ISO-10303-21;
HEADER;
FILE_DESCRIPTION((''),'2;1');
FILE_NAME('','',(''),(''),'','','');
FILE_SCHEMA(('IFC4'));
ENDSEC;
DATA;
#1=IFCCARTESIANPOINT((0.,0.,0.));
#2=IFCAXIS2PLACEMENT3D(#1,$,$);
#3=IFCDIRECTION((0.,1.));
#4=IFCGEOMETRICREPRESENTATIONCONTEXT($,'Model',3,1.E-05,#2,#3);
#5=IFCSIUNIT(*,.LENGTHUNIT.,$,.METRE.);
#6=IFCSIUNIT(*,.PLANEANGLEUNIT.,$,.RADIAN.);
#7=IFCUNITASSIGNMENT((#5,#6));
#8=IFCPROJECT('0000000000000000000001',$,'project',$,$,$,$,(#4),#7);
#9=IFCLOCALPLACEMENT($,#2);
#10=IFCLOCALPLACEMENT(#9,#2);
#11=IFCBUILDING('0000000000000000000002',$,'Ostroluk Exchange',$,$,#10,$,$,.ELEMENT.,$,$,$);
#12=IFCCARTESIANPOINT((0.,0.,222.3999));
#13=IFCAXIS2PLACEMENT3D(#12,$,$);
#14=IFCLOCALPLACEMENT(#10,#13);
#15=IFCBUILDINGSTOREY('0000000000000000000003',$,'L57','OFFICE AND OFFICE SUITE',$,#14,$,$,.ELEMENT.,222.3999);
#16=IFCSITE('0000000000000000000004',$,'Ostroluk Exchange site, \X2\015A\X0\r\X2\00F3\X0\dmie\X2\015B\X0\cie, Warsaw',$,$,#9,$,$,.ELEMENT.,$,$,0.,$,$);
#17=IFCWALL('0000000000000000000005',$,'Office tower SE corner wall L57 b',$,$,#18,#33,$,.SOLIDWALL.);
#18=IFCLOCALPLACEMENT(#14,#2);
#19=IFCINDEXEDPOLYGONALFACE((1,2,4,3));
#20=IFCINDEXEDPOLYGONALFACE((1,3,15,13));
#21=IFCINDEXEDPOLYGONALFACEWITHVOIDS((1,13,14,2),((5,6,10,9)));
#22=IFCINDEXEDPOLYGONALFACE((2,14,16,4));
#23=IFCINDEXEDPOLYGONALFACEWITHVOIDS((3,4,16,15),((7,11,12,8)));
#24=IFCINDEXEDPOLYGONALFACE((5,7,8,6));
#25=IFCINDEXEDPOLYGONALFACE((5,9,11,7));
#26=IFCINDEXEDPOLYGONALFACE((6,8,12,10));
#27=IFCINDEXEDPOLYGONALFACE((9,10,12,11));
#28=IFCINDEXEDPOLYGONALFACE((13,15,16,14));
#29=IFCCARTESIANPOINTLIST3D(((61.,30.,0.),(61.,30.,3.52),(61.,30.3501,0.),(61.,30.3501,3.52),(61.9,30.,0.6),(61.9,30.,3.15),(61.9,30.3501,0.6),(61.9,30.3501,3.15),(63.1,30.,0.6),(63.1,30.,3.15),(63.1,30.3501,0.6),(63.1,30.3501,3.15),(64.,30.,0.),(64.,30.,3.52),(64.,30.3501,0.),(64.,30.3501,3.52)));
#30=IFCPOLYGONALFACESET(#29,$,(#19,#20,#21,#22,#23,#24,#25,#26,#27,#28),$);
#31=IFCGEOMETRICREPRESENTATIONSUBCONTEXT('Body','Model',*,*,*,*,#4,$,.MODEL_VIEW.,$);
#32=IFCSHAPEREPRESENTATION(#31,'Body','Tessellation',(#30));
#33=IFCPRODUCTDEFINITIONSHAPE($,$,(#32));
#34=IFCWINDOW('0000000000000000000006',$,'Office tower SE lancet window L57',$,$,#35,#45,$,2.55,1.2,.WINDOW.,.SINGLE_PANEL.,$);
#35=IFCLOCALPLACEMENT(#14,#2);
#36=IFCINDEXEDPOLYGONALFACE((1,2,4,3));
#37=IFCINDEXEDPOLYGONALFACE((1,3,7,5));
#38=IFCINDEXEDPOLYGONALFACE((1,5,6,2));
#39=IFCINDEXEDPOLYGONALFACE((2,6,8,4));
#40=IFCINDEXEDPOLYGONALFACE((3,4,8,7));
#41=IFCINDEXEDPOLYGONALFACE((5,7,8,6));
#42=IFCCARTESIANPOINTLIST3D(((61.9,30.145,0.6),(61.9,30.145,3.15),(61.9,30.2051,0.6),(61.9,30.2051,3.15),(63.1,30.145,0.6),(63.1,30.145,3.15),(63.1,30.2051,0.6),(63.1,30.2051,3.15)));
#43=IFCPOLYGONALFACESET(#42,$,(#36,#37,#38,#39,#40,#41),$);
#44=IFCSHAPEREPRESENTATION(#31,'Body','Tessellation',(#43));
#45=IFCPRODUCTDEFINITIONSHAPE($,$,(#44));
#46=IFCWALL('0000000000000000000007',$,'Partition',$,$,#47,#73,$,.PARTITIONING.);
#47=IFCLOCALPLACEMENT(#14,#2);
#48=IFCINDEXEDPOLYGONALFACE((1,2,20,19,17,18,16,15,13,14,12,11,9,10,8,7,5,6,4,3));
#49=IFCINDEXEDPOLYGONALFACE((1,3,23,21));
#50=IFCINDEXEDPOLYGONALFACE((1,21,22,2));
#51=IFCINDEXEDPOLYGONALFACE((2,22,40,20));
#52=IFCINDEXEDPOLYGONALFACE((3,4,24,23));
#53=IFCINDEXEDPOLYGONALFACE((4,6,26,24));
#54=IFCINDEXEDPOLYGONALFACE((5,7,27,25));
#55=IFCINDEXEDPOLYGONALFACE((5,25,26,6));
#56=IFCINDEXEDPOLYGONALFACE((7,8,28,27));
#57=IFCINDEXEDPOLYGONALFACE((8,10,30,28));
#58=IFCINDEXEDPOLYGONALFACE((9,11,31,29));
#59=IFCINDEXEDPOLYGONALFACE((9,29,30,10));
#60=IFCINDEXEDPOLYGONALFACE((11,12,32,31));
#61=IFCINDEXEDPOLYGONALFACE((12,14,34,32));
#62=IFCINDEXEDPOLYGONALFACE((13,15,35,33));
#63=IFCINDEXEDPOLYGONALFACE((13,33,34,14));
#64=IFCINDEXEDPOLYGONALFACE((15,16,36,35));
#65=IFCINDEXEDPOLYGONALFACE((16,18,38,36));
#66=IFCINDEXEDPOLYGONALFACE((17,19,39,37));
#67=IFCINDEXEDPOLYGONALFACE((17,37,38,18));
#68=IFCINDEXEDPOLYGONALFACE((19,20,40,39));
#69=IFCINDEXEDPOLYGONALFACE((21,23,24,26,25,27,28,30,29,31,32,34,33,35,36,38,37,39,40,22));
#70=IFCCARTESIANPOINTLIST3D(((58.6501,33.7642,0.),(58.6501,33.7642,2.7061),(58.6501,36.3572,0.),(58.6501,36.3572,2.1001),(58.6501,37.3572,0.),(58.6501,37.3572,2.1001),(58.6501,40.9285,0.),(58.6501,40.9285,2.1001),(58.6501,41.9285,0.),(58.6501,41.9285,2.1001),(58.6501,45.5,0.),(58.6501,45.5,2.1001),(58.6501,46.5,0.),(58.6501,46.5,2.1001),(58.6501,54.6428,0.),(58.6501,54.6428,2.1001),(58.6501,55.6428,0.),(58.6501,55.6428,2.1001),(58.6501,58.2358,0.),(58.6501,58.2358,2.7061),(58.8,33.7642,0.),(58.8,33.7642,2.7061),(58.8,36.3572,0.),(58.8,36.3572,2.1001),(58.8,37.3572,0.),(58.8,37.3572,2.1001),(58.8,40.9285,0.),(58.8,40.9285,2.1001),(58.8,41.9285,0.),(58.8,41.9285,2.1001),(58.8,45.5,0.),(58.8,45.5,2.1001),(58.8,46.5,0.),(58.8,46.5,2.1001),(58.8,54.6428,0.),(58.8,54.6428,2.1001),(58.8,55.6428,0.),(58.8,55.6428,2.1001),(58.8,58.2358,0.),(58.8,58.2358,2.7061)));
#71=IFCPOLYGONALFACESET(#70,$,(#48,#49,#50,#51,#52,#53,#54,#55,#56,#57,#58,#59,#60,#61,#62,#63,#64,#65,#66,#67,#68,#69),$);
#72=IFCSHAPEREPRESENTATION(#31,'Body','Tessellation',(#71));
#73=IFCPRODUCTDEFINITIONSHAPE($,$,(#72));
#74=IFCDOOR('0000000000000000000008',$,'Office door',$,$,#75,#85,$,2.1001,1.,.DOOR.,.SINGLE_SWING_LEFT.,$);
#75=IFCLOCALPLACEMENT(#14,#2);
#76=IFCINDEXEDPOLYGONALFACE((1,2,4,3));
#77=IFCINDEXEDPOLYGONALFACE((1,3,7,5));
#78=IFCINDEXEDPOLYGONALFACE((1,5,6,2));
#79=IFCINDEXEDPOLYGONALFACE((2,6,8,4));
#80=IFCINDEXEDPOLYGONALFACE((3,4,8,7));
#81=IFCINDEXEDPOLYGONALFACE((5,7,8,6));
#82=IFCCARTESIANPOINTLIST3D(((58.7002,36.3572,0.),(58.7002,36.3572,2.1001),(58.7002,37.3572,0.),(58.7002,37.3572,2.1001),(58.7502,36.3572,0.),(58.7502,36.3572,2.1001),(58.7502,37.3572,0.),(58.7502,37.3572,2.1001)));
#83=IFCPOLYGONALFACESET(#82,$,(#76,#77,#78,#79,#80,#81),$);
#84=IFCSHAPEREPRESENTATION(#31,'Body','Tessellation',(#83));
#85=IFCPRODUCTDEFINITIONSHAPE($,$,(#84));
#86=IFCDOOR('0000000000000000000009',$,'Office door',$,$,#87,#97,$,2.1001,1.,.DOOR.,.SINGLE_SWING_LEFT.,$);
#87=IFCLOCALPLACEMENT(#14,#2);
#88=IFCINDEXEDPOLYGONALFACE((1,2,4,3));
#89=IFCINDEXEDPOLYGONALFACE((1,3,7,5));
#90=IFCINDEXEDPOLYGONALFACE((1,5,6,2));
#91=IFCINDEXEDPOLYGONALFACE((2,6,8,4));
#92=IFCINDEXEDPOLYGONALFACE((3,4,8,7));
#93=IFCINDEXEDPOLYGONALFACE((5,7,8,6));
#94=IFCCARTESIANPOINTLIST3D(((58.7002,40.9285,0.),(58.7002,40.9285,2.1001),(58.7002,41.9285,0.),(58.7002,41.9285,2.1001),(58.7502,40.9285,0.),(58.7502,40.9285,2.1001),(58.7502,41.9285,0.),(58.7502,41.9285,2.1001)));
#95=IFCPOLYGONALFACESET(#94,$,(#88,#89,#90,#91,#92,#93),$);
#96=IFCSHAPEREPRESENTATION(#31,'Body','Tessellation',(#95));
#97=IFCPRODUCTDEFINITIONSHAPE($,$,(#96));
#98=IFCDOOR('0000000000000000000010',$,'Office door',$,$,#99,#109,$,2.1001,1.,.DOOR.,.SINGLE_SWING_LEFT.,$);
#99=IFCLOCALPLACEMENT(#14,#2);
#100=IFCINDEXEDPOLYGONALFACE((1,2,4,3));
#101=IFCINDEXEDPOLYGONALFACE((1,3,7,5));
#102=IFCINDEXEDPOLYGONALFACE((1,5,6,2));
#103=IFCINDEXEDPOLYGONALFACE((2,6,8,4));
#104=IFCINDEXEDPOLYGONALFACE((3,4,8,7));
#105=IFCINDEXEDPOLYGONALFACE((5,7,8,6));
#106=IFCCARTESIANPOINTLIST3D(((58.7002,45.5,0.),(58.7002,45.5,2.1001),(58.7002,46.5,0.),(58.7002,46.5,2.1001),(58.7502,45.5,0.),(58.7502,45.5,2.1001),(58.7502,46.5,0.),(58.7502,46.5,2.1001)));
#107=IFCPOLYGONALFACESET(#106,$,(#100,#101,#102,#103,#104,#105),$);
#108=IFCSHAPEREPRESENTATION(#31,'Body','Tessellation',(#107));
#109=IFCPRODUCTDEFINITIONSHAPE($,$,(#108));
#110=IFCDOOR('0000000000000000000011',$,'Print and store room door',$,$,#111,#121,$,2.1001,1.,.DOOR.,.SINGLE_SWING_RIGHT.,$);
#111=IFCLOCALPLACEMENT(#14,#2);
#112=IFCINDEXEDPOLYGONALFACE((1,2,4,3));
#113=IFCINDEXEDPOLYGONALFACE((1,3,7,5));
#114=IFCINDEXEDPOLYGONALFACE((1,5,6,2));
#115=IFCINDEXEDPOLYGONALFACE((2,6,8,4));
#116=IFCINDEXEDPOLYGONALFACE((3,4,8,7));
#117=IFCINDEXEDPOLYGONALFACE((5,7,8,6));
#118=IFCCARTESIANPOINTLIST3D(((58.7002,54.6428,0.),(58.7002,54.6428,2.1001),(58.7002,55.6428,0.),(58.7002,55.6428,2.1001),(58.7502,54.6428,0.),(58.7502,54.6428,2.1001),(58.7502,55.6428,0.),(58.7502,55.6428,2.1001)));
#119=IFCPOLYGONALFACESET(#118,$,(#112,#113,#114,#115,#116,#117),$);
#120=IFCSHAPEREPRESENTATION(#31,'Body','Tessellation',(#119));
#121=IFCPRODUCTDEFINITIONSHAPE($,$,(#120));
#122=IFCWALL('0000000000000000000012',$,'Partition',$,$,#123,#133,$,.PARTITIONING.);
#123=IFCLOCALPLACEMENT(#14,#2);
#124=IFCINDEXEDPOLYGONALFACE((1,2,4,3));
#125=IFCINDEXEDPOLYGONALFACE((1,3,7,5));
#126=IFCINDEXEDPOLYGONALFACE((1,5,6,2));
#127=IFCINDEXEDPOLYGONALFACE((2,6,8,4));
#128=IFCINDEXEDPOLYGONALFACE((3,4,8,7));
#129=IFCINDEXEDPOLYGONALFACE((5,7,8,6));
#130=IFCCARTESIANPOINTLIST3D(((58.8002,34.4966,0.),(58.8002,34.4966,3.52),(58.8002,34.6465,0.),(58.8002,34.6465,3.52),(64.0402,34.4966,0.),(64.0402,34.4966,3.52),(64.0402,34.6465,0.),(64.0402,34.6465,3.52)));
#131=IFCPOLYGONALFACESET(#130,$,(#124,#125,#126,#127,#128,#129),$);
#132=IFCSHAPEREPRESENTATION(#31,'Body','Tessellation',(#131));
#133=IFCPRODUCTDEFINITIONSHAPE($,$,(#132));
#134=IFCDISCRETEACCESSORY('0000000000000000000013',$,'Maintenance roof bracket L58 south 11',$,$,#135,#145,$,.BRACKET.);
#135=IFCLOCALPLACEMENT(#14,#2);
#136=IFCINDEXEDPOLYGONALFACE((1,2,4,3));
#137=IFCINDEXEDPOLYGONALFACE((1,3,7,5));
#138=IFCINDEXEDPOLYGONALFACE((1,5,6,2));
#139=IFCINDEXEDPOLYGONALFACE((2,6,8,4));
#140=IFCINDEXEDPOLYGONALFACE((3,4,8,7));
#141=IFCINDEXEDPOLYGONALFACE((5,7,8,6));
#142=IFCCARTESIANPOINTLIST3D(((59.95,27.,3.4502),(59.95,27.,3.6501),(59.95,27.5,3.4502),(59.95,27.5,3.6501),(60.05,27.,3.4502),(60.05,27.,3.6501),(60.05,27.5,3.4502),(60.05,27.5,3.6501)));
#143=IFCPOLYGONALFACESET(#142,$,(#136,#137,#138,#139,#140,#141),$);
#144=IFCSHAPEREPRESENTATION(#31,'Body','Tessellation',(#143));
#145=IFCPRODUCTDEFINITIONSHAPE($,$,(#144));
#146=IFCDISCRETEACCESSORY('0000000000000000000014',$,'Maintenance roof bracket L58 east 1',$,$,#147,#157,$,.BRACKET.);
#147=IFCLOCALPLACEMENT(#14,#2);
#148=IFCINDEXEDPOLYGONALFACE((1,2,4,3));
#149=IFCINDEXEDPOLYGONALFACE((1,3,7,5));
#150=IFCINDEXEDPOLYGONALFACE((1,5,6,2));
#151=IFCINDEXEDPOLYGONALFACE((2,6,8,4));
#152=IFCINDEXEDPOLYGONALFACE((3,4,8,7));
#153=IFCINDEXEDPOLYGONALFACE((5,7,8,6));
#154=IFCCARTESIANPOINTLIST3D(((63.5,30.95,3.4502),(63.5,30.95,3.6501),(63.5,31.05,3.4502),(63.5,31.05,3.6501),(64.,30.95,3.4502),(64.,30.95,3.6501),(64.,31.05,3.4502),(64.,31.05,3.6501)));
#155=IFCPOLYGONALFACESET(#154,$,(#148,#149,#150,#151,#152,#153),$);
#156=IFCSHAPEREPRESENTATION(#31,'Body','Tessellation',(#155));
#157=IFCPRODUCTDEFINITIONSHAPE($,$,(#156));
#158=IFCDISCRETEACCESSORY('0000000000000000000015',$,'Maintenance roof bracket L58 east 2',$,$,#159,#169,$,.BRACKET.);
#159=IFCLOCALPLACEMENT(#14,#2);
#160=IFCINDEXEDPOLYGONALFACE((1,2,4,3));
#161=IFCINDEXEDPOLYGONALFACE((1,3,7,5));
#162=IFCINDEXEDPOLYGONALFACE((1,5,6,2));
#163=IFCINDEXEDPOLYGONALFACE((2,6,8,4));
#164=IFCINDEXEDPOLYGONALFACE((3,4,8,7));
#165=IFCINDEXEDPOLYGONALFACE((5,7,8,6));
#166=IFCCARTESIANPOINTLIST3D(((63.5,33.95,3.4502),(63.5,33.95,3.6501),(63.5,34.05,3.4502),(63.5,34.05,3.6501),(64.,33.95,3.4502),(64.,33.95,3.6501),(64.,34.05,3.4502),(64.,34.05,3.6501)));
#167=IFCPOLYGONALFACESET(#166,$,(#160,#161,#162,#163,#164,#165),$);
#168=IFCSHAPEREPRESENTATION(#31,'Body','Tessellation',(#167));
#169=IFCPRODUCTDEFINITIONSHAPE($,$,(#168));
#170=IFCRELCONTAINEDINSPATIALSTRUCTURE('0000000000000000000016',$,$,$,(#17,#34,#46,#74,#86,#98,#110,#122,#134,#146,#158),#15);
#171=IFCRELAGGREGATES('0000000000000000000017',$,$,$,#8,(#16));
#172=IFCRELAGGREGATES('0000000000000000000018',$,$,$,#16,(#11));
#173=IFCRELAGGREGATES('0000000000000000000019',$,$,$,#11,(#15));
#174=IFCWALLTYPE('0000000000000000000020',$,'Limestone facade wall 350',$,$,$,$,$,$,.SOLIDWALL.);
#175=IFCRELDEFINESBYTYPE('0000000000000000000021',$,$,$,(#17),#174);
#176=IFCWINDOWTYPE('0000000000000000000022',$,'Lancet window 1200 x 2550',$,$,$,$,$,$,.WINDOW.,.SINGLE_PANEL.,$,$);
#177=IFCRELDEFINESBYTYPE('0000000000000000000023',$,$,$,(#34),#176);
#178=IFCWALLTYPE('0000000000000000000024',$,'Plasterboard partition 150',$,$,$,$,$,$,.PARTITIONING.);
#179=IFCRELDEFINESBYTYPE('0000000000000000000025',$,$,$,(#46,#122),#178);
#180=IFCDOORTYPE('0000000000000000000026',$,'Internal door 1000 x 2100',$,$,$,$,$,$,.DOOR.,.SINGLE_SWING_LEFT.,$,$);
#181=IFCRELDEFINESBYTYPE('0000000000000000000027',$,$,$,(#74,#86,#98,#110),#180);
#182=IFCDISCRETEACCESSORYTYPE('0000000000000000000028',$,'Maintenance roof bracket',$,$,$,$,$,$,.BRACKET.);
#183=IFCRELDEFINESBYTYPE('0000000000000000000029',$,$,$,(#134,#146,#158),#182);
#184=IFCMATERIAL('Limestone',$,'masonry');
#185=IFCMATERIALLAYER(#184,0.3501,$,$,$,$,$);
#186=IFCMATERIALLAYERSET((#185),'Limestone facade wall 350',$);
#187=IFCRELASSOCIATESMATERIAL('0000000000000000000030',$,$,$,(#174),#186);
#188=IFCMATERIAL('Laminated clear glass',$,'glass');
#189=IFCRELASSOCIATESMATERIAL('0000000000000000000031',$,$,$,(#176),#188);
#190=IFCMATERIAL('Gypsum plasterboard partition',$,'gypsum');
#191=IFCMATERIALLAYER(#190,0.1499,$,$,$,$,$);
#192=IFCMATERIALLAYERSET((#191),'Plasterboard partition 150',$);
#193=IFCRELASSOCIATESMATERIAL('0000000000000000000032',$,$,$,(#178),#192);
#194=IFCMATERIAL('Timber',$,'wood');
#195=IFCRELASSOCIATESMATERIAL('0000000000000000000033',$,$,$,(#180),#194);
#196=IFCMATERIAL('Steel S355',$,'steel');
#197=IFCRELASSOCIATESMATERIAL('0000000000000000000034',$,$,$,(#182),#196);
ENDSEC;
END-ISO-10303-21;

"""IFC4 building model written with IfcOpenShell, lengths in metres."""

from ifc_helpers import new_model, si_unit, direction, frame, frame_2d, origin, origin_2d, place, context, subcontext, project, spatial, rectangle, extrude, material, layer, layer_set, type_object, element, fill, save


model = new_model("IFC4")

# Units and contexts
model_context = context("Model", 3, precision=1e-05, world=origin(), true_north=direction((0.0, 1.0)))
body_context = subcontext(model_context, "Body", "Model", "MODEL_VIEW")
ifc_project = project(units=[si_unit("LENGTHUNIT", "METRE"), si_unit("PLANEANGLEUNIT", "RADIAN")], contexts=[model_context])

# Site, building, storey
site_placement = place(None, origin())
site = spatial("IfcSite", under=ifc_project, at=site_placement, Name="Ostroluk Exchange site, Śródmieście, Warsaw", CompositionType="ELEMENT", RefElevation=0.0)
building_placement = place(site_placement, origin())
building = spatial("IfcBuilding", under=site, at=building_placement, Name="Ostroluk Exchange", CompositionType="ELEMENT")
storey_placement = place(building_placement, frame((0.0, 0.0, 222.3999)))
storey = spatial("IfcBuildingStorey", under=building, at=storey_placement, Name="L57", Description="OFFICE AND OFFICE SUITE", CompositionType="ELEMENT", Elevation=222.3999)

# Shared definitions
ifc_material_1 = material(Name="Limestone", Category="masonry")
ifc_layer_1 = layer(ifc_material_1, 0.3501)
ifc_layer_set_1 = layer_set([ifc_layer_1], Name="Limestone facade wall 350")
wall_type_1 = type_object("IfcWallType", Name="Limestone facade wall 350", PredefinedType="SOLIDWALL", material=ifc_layer_set_1)

# Wall, opening, window
wall_1_placement = place(storey_placement, frame((61.0, 30.175, 0.0), z_axis=(0.0, 0.0, 1.0), x_axis=(1.0, 0.0, 0.0)))
wall_1 = element("IfcWall", 1, at=wall_1_placement, inside=storey, type_object=wall_type_1, Name="Office tower SE corner wall L57 b", PredefinedType="SOLIDWALL", context=body_context, shape_type="SweptSolid", body=[
    extrude(rectangle(XDim=3.0, YDim=0.3501, at=frame_2d((1.5, 0.0))), origin(), (0.0, 0.0, 1.0), 3.52),
])
opening_1_placement = place(wall_1_placement, frame((0.8999, 0.0, 0.6001)))
opening_1 = element("IfcOpeningElement", 2, at=opening_1_placement, cuts=wall_1, PredefinedType="OPENING", context=body_context, shape_type="SweptSolid", body=[
    extrude(rectangle(XDim=1.2, YDim=2.55, at=frame_2d((0.6001, 1.2749))), frame((0.0, 0.1851, 0.0), z_axis=(0.0, -1.0, 0.0), x_axis=(1.0, 0.0, 0.0)), (0.0, 0.0, 1.0), 0.3701),
])
ifc_material_2 = material(Name="Laminated clear glass", Category="glass")
window_type = type_object("IfcWindowType", Name="Lancet window 1200 x 2550", PartitioningType="SINGLE_PANEL", PredefinedType="WINDOW", material=ifc_material_2)
window_placement = place(opening_1_placement, origin())
window = element("IfcWindow", 3, at=window_placement, inside=storey, type_object=window_type, Name="Office tower SE lancet window L57", OverallHeight=2.55, OverallWidth=1.2, PartitioningType="SINGLE_PANEL", PredefinedType="WINDOW", context=body_context, shape_type="SweptSolid", body=[
    extrude(rectangle(XDim=1.2, YDim=2.55, at=frame_2d((0.6001, 1.2749))), frame((0.0, 0.03, 0.0), z_axis=(0.0, -1.0, 0.0), x_axis=(1.0, 0.0, 0.0)), (0.0, 0.0, 1.0), 0.0601),
])
fill(opening_1, window)

# Wall, openings, doors
ifc_material_3 = material(Name="Gypsum plasterboard partition", Category="gypsum")
ifc_layer_2 = layer(ifc_material_3, 0.1499)
ifc_layer_set_2 = layer_set([ifc_layer_2], Name="Plasterboard partition 150")
wall_type_2 = type_object("IfcWallType", Name="Plasterboard partition 150", PredefinedType="PARTITIONING", material=ifc_layer_set_2)
wall_2_placement = place(storey_placement, frame((58.7251, 33.7642, 0.0), z_axis=(0.0, 0.0, 1.0), x_axis=(0.0, 1.0, 0.0)))
wall_2 = element("IfcWall", 4, at=wall_2_placement, inside=storey, type_object=wall_type_2, Name="Partition", PredefinedType="PARTITIONING", context=body_context, shape_type="SweptSolid", body=[
    extrude(rectangle(XDim=24.4717, YDim=0.1499, at=frame_2d((12.2358, 0.0))), origin(), (0.0, 0.0, 1.0), 2.7061),
])
opening_2_placement = place(wall_2_placement, frame((2.593, 0.0, 0.0)))
opening_2 = element("IfcOpeningElement", 5, at=opening_2_placement, cuts=wall_2, PredefinedType="OPENING", context=body_context, shape_type="SweptSolid", body=[
    extrude(rectangle(XDim=1.0, YDim=2.1001, at=frame_2d((0.5, 1.05))), frame((0.0, 0.085, 0.0), z_axis=(0.0, -1.0, 0.0), x_axis=(1.0, 0.0, 0.0)), (0.0, 0.0, 1.0), 0.1699),
])
opening_3_placement = place(wall_2_placement, frame((7.1643, 0.0, 0.0)))
opening_3 = element("IfcOpeningElement", 6, at=opening_3_placement, cuts=wall_2, PredefinedType="OPENING", context=body_context, shape_type="SweptSolid", body=[
    extrude(rectangle(XDim=1.0, YDim=2.1001, at=frame_2d((0.5, 1.05))), frame((0.0, 0.085, 0.0), z_axis=(0.0, -1.0, 0.0), x_axis=(1.0, 0.0, 0.0)), (0.0, 0.0, 1.0), 0.1699),
])
opening_4_placement = place(wall_2_placement, frame((11.7358, 0.0, 0.0)))
opening_4 = element("IfcOpeningElement", 7, at=opening_4_placement, cuts=wall_2, PredefinedType="OPENING", context=body_context, shape_type="SweptSolid", body=[
    extrude(rectangle(XDim=1.0, YDim=2.1001, at=frame_2d((0.5, 1.05))), frame((0.0, 0.085, 0.0), z_axis=(0.0, -1.0, 0.0), x_axis=(1.0, 0.0, 0.0)), (0.0, 0.0, 1.0), 0.1699),
])
opening_5_placement = place(wall_2_placement, frame((20.8787, 0.0, 0.0)))
opening_5 = element("IfcOpeningElement", 8, at=opening_5_placement, cuts=wall_2, PredefinedType="OPENING", context=body_context, shape_type="SweptSolid", body=[
    extrude(rectangle(XDim=1.0, YDim=2.1001, at=frame_2d((0.5, 1.05))), frame((0.0, 0.085, 0.0), z_axis=(0.0, -1.0, 0.0), x_axis=(1.0, 0.0, 0.0)), (0.0, 0.0, 1.0), 0.1699),
])
ifc_material_4 = material(Name="Timber", Category="wood")
door_type_1 = type_object("IfcDoorType", Name="Internal door 1000 x 2100", OperationType="SINGLE_SWING_LEFT", PredefinedType="DOOR", material=ifc_material_4)
door_1_placement = place(opening_2_placement, origin())
door_1 = element("IfcDoor", 9, at=door_1_placement, inside=storey, type_object=door_type_1, Name="Office door", OperationType="SINGLE_SWING_LEFT", OverallHeight=2.1001, OverallWidth=1.0, PredefinedType="DOOR", context=body_context, shape_type="SweptSolid", body=[
    extrude(rectangle(XDim=1.0, YDim=2.1001, at=frame_2d((0.5, 1.05))), frame((0.0, 0.0249, 0.0), z_axis=(0.0, -1.0, 0.0), x_axis=(1.0, 0.0, 0.0)), (0.0, 0.0, 1.0), 0.05),
])
fill(opening_2, door_1)
door_2_placement = place(opening_3_placement, origin())
door_2 = element("IfcDoor", 10, at=door_2_placement, inside=storey, type_object=door_type_1, Name="Office door", OperationType="SINGLE_SWING_LEFT", OverallHeight=2.1001, OverallWidth=1.0, PredefinedType="DOOR", context=body_context, shape_type="SweptSolid", body=[
    extrude(rectangle(XDim=1.0, YDim=2.1001, at=frame_2d((0.5, 1.05))), frame((0.0, 0.0249, 0.0), z_axis=(0.0, -1.0, 0.0), x_axis=(1.0, 0.0, 0.0)), (0.0, 0.0, 1.0), 0.05),
])
fill(opening_3, door_2)
door_3_placement = place(opening_4_placement, origin())
door_3 = element("IfcDoor", 11, at=door_3_placement, inside=storey, type_object=door_type_1, Name="Office door", OperationType="SINGLE_SWING_LEFT", OverallHeight=2.1001, OverallWidth=1.0, PredefinedType="DOOR", context=body_context, shape_type="SweptSolid", body=[
    extrude(rectangle(XDim=1.0, YDim=2.1001, at=frame_2d((0.5, 1.05))), frame((0.0, 0.0249, 0.0), z_axis=(0.0, -1.0, 0.0), x_axis=(1.0, 0.0, 0.0)), (0.0, 0.0, 1.0), 0.05),
])
fill(opening_4, door_3)
door_4_placement = place(opening_5_placement, origin())
door_4 = element("IfcDoor", 12, at=door_4_placement, inside=storey, type_object=door_type_1, Name="Print and store room door", OperationType="SINGLE_SWING_RIGHT", OverallHeight=2.1001, OverallWidth=1.0, PredefinedType="DOOR", context=body_context, shape_type="SweptSolid", body=[
    extrude(rectangle(XDim=1.0, YDim=2.1001, at=frame_2d((0.5, 1.05))), frame((0.0, 0.0249, 0.0), z_axis=(0.0, -1.0, 0.0), x_axis=(1.0, 0.0, 0.0)), (0.0, 0.0, 1.0), 0.05),
])
fill(opening_5, door_4)

# Wall
wall_3_placement = place(storey_placement, frame((58.8, 34.5715, 0.0), z_axis=(0.0, 0.0, 1.0), x_axis=(1.0, 0.0, 0.0)))
element("IfcWall", 13, at=wall_3_placement, inside=storey, type_object=wall_type_2, Name="Partition", PredefinedType="PARTITIONING", context=body_context, shape_type="SweptSolid", body=[
    extrude(rectangle(XDim=5.24, YDim=0.1499, at=frame_2d((2.6201, 0.0))), origin(), (0.0, 0.0, 1.0), 3.52),
])

# Discrete accessories
ifc_material_5 = material(Name="Steel S355", Category="steel")
discrete_accessory_type = type_object("IfcDiscreteAccessoryType", Name="Maintenance roof bracket", PredefinedType="BRACKET", material=ifc_material_5)
discrete_accessory_placement = place(storey_placement, frame((60.0, 27.25, 3.4502), z_axis=(0.0, 0.0, 1.0), x_axis=(1.0, 0.0, 0.0)))
element("IfcDiscreteAccessory", 14, at=discrete_accessory_placement, inside=storey, type_object=discrete_accessory_type, Name="Maintenance roof bracket L58 south 11", PredefinedType="BRACKET", context=body_context, shape_type="SweptSolid", body=[
    extrude(rectangle(XDim=0.1001, YDim=0.5, at=origin_2d()), origin(), (0.0, 0.0, 1.0), 0.2),
])
for number, where, z_axis, x_axis, name in (
    (15, (63.75, 31.0, 3.4502), (0.0, 0.0, 1.0), (1.0, 0.0, 0.0), "Maintenance roof bracket L58 east 1"),
    (16, (63.75, 34.0, 3.4502), (0.0, 0.0, 1.0), (1.0, 0.0, 0.0), "Maintenance roof bracket L58 east 2"),
):
    element("IfcDiscreteAccessory", number, at=place(storey_placement, frame(where, z_axis=z_axis, x_axis=x_axis)), inside=storey, type_object=discrete_accessory_type, Name=name, PredefinedType="BRACKET", context=body_context, shape_type="SweptSolid", body=[
        extrude(rectangle(XDim=0.5, YDim=0.1001, at=origin_2d()), origin(), (0.0, 0.0, 1.0), 0.2),
    ])

save(model, "model.ifc")
